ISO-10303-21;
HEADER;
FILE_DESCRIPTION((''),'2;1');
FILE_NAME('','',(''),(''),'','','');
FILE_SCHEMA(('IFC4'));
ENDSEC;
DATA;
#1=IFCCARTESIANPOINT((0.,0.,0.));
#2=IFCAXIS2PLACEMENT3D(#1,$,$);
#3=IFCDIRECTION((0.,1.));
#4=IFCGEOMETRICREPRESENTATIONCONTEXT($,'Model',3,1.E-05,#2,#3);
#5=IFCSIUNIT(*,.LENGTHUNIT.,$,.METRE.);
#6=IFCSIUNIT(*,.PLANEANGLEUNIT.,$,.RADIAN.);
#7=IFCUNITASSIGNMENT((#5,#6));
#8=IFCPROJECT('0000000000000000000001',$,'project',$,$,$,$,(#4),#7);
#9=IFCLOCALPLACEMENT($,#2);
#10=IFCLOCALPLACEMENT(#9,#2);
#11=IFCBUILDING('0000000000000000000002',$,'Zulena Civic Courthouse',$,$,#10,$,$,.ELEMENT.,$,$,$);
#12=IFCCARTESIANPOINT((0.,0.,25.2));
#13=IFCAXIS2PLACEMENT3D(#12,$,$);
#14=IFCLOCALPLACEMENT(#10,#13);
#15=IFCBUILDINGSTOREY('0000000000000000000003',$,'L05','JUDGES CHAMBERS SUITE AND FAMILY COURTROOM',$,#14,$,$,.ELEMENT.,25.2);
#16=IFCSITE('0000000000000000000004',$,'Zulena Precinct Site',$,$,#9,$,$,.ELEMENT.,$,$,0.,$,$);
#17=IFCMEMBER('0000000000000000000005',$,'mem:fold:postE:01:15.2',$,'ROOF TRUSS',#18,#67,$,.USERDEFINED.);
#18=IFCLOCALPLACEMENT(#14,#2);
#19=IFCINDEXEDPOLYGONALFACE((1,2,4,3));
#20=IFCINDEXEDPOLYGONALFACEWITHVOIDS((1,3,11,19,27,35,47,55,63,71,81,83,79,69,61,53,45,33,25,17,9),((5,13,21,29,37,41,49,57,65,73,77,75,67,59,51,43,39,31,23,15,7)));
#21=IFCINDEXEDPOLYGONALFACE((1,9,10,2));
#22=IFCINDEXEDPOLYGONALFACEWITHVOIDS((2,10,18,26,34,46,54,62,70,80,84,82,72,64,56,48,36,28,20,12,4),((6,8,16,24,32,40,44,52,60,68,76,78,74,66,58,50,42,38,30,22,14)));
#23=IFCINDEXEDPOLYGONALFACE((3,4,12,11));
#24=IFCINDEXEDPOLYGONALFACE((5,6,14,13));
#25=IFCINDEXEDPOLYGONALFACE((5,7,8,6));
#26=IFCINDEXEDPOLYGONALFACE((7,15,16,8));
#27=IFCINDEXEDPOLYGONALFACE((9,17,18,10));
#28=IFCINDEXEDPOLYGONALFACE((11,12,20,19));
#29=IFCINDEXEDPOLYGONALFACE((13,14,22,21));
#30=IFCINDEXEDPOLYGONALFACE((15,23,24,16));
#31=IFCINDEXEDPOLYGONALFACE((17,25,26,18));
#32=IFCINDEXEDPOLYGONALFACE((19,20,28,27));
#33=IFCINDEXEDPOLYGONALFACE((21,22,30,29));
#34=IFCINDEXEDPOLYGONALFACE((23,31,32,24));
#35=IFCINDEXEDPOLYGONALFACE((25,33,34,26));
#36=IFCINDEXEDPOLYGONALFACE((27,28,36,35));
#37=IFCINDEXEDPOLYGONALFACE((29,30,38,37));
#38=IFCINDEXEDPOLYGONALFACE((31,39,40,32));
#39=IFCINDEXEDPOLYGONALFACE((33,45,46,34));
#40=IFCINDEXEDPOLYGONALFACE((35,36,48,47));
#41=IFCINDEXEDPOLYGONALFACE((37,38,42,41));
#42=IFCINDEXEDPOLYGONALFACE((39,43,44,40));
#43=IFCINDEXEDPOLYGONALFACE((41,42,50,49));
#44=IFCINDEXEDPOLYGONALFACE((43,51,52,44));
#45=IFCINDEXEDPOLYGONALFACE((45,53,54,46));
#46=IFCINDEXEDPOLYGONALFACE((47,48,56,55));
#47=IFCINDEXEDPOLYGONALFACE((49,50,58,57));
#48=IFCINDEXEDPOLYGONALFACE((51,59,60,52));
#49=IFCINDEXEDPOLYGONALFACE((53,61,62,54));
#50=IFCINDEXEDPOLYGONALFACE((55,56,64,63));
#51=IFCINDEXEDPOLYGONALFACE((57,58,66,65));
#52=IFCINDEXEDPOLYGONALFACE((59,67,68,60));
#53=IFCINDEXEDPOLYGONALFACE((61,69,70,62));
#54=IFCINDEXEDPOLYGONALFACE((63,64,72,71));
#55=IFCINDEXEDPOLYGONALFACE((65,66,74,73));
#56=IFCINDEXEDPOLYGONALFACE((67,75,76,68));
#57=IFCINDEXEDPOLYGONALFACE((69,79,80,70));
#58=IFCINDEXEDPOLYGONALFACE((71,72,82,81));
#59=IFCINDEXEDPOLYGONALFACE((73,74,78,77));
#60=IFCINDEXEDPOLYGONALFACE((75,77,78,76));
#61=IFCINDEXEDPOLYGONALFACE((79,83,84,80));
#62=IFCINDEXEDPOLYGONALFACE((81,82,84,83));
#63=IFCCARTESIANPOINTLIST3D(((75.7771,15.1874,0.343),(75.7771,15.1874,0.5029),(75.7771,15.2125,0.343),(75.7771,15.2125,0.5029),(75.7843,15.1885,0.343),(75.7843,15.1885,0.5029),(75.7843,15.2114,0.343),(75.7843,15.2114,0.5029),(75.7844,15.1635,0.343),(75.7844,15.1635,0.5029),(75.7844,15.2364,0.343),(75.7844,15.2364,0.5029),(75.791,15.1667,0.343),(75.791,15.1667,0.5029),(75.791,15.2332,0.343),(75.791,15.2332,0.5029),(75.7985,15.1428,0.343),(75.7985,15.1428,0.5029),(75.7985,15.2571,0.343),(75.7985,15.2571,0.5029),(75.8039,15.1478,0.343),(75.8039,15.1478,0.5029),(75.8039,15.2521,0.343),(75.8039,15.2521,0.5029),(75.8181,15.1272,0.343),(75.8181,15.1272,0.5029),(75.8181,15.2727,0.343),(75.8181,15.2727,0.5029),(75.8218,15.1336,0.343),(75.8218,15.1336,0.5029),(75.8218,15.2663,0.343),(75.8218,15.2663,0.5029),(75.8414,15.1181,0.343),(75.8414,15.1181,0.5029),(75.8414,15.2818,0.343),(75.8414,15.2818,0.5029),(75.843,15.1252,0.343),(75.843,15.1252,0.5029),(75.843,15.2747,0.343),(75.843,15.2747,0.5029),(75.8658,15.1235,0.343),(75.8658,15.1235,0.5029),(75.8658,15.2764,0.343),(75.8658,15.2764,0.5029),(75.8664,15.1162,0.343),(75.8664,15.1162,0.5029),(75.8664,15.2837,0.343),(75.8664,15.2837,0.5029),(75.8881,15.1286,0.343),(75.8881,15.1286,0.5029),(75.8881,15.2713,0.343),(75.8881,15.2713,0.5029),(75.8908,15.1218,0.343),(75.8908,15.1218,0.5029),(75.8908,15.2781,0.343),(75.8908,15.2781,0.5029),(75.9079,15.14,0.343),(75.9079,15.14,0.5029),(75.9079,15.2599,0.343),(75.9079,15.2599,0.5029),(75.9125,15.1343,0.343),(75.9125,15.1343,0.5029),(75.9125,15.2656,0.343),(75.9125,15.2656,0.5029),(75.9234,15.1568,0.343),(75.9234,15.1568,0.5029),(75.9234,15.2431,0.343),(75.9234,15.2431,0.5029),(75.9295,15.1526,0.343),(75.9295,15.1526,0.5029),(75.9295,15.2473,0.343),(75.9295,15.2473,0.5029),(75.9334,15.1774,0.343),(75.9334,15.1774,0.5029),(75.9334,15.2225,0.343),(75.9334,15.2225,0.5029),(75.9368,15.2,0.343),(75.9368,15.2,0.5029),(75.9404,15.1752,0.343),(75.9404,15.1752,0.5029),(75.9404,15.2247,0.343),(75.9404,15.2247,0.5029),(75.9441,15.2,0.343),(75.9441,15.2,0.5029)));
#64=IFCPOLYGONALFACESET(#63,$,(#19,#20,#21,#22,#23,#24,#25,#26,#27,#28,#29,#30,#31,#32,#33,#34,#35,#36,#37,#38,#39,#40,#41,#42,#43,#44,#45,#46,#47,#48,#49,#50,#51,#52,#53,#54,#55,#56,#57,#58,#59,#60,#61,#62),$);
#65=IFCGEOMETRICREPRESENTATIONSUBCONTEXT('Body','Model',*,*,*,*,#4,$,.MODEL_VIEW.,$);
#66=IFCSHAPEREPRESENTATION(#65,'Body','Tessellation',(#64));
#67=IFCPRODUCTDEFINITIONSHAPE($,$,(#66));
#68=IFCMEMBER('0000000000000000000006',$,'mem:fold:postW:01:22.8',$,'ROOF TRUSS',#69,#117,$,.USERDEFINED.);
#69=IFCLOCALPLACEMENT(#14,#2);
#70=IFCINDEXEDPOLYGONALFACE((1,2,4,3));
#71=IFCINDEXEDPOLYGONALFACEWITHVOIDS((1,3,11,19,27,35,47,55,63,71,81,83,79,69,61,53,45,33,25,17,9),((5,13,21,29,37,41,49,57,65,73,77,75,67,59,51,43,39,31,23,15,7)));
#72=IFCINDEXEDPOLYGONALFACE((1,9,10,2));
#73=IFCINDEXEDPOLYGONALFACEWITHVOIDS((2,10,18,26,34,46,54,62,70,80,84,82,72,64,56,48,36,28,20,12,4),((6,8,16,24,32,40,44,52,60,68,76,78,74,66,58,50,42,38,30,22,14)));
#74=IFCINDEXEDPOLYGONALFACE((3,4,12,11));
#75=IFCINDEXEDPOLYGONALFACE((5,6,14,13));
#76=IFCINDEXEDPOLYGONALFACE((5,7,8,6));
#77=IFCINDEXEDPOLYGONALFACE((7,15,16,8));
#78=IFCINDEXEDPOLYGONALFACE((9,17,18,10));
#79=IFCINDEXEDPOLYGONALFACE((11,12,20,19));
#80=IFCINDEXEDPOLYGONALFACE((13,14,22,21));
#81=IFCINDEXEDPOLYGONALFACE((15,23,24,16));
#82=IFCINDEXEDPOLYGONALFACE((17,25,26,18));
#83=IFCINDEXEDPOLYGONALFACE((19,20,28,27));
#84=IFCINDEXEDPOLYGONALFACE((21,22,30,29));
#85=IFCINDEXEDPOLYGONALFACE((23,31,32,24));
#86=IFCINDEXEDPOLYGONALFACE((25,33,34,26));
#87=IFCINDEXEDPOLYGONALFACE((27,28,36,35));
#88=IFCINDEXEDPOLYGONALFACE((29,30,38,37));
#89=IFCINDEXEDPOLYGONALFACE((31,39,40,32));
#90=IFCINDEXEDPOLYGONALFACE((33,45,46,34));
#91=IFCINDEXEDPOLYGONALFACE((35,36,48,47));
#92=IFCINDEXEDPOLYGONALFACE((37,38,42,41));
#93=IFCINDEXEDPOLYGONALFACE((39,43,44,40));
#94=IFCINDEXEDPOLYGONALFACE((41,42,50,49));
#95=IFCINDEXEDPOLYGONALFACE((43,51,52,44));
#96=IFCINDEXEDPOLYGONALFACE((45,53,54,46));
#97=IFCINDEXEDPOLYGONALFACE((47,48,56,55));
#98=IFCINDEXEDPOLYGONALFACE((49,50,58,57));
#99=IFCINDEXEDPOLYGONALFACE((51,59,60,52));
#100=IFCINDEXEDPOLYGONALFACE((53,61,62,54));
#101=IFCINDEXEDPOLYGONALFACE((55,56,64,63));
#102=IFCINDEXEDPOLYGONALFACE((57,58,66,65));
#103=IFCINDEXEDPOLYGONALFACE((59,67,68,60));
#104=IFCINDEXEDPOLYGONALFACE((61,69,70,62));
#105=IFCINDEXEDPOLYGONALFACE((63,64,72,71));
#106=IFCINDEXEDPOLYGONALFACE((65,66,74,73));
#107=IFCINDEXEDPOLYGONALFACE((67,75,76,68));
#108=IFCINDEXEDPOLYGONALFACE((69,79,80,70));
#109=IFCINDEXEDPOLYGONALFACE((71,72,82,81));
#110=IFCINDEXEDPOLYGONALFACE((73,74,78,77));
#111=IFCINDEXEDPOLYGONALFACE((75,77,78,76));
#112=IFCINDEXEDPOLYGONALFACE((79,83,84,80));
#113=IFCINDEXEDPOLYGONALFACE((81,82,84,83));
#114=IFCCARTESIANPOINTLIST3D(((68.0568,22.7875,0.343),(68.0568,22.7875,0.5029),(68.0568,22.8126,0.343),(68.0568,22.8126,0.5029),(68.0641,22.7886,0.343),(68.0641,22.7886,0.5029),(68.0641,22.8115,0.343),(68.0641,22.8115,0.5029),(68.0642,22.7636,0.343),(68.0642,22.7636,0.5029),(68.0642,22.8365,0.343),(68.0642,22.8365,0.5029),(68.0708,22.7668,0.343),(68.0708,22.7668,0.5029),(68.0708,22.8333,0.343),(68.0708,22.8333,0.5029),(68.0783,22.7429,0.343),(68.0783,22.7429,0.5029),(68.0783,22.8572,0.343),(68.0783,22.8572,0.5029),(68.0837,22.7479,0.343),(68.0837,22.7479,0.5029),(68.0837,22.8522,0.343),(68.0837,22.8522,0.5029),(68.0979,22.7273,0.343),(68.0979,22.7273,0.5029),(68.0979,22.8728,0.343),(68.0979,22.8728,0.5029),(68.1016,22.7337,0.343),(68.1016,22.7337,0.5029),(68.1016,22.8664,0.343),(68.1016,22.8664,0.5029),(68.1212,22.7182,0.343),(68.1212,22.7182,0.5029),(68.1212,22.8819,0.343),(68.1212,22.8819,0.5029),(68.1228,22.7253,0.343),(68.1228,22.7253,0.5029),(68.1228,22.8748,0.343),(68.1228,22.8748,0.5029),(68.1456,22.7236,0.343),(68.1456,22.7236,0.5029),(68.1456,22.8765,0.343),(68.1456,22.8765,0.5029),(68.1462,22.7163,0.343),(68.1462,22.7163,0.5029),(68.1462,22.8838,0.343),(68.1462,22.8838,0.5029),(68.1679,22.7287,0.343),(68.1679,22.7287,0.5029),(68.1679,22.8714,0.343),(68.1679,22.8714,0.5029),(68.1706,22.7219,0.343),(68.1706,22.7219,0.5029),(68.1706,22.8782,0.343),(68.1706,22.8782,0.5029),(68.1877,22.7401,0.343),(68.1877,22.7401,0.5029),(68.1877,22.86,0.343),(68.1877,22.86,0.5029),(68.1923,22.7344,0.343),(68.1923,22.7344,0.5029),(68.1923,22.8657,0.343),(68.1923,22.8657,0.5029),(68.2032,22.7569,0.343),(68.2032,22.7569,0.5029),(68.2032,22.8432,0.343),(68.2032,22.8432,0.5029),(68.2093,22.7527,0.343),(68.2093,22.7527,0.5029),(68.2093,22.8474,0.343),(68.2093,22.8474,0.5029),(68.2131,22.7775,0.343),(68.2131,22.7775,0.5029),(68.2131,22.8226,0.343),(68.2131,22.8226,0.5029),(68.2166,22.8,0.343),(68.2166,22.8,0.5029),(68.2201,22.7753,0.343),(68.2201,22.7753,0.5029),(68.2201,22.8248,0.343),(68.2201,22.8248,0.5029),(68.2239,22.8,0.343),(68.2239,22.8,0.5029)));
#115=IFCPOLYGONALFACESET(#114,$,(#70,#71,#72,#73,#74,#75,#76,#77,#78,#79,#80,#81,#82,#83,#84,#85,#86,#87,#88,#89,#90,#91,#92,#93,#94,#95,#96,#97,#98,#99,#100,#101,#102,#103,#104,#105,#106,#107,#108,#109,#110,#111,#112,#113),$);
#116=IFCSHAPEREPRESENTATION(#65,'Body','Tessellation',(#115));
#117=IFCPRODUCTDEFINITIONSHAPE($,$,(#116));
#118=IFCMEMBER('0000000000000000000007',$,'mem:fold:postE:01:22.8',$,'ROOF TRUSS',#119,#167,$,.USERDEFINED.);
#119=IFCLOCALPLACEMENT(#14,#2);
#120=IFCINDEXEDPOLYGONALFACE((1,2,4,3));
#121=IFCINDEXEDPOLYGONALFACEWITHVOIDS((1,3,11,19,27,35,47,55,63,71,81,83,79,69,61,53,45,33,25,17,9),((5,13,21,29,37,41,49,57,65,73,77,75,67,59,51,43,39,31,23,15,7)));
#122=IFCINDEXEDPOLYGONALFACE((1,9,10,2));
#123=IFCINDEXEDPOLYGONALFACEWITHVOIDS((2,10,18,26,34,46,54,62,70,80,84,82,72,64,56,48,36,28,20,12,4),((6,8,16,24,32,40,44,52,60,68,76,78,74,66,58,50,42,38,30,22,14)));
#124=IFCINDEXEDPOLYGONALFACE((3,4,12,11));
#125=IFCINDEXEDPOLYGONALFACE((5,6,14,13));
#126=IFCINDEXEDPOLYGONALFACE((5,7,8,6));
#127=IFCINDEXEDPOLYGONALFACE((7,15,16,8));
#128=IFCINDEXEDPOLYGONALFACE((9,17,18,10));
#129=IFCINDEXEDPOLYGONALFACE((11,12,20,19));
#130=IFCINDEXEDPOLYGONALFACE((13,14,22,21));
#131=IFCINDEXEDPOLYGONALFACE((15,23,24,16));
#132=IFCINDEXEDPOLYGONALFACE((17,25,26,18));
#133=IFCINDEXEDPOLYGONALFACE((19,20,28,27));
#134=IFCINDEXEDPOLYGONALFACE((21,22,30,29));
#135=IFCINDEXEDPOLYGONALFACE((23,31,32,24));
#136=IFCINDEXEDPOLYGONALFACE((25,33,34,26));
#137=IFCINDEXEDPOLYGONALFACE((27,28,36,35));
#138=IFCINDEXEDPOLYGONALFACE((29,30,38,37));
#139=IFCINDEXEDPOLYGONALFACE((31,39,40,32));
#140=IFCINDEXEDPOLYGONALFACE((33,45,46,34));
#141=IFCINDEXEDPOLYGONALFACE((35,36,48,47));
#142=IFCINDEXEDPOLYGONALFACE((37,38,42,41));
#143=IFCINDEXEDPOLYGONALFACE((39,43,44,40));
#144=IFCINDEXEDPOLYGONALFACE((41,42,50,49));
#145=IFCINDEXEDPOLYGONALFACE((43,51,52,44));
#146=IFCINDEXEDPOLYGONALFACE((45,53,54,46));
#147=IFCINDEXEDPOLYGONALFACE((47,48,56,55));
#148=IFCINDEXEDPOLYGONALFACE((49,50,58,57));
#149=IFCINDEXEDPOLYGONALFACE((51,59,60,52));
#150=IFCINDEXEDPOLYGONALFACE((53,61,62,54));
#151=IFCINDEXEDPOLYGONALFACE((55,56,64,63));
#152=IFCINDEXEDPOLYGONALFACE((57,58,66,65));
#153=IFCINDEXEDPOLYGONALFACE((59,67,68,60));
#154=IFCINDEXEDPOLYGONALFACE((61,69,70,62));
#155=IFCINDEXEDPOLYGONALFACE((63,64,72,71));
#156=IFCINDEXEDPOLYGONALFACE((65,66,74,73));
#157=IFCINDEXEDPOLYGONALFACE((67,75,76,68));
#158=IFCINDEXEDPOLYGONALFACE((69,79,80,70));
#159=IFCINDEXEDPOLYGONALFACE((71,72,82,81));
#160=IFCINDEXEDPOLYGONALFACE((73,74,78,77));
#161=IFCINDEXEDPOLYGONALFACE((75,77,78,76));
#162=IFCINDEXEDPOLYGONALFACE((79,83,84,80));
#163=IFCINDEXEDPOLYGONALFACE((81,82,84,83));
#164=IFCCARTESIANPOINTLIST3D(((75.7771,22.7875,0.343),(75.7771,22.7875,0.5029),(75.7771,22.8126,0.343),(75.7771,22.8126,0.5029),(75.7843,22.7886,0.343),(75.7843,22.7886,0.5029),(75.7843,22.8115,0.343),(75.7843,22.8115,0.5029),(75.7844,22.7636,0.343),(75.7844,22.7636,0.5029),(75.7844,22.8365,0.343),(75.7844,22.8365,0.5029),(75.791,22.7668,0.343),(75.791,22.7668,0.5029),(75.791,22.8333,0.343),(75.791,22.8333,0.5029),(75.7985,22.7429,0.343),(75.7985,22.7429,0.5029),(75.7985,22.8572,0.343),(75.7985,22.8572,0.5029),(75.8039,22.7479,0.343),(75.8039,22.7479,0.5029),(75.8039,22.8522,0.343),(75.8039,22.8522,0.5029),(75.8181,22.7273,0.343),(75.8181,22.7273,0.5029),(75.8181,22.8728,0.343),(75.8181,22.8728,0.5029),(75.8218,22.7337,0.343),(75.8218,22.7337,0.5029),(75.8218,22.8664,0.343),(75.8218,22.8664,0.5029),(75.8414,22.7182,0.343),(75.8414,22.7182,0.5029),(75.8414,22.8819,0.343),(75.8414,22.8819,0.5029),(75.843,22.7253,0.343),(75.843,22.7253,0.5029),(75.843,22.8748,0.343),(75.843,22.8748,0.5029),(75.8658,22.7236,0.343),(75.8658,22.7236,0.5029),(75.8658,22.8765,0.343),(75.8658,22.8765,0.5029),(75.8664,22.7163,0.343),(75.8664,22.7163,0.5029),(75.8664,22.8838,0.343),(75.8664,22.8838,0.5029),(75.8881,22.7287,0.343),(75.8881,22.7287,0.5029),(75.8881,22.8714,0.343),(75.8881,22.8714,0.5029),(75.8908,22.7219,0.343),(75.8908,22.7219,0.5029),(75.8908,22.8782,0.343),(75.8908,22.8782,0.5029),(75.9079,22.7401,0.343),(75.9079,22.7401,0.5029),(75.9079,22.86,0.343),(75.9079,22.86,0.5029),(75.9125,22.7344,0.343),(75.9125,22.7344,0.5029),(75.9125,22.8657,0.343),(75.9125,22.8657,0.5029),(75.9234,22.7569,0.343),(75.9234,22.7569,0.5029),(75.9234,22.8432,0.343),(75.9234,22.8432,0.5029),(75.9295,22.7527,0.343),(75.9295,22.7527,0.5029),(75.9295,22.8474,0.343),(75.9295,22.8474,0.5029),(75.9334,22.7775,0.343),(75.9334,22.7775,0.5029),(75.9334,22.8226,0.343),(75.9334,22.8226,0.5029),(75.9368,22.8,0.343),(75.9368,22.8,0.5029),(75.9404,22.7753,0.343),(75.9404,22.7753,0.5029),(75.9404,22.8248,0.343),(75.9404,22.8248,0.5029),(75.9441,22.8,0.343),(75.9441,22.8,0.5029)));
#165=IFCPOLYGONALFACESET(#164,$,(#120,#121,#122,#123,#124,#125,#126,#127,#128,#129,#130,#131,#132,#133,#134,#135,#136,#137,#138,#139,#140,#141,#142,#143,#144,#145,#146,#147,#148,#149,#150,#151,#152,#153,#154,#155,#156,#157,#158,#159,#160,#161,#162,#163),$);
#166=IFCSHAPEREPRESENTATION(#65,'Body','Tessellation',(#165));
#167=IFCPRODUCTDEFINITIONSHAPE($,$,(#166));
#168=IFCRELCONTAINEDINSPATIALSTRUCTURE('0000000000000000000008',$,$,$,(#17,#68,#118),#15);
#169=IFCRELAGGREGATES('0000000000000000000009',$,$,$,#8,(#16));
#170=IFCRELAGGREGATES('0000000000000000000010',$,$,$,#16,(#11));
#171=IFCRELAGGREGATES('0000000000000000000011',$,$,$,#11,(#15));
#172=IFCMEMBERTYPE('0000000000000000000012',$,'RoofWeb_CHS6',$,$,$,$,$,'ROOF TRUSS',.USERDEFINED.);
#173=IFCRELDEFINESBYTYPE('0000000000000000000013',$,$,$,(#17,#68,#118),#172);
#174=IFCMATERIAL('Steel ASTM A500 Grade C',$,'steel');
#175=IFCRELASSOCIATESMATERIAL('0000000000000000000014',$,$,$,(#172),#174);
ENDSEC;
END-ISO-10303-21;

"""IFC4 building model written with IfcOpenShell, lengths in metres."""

from ifc_helpers import new_model, si_unit, direction, frame, origin, origin_2d, place, context, subcontext, project, spatial, hollow_circle, extrude, material, material_profile, profile_set, type_object, element, save


model = new_model("IFC4")

# Units and contexts
model_context = context("Model", 3, precision=1e-05, world=origin(), true_north=direction((0.0, 1.0)))
body_context = subcontext(model_context, "Body", "Model", "MODEL_VIEW")
ifc_project = project(units=[si_unit("LENGTHUNIT", "METRE"), si_unit("PLANEANGLEUNIT", "RADIAN")], contexts=[model_context])

# Site, building, storey
site_placement = place(None, origin())
site = spatial("IfcSite", under=ifc_project, at=site_placement, Name="Zulena Precinct Site", CompositionType="ELEMENT", RefElevation=0.0)
building_placement = place(site_placement, origin())
building = spatial("IfcBuilding", under=site, at=building_placement, Name="Zulena Civic Courthouse", CompositionType="ELEMENT")
storey_placement = place(building_placement, frame((0.0, 0.0, 25.2)))
storey = spatial("IfcBuildingStorey", under=building, at=storey_placement, Name="L05", Description="JUDGES CHAMBERS SUITE AND FAMILY COURTROOM", CompositionType="ELEMENT", Elevation=25.2)

# Members
ifc_material_1 = material(Name="Steel ASTM A500 Grade C", Category="steel")
ifc_material_profile_1 = material_profile(ifc_material_1, hollow_circle(Radius=0.084, WallThickness=0.0073, at=origin_2d()), Name="HSS6.625X0.312")
ifc_profile_set_1 = profile_set([ifc_material_profile_1], Name="Steel ASTM A500 Grade C")
member_type_1 = type_object("IfcMemberType", Name="RoofWeb_CHS6", ElementType="ROOF TRUSS", PredefinedType="USERDEFINED", material=ifc_profile_set_1)
for number, where, z_axis, x_axis, name in (
    (1, (75.8601, 15.2, 0.343), (0.0, 0.0, 1.0), (1.0, 0.0, 0.0), "mem:fold:postE:01:15.2"),
    (2, (68.1399, 22.8, 0.343), (0.0, 0.0, 1.0), (1.0, 0.0, 0.0), "mem:fold:postW:01:22.8"),
    (3, (75.8601, 22.8, 0.343), (0.0, 0.0, 1.0), (1.0, 0.0, 0.0), "mem:fold:postE:01:22.8"),
):
    element("IfcMember", number, at=place(storey_placement, frame(where, z_axis=z_axis, x_axis=x_axis)), inside=storey, type_object=member_type_1, Name=name, ObjectType="ROOF TRUSS", PredefinedType="USERDEFINED", context=body_context, shape_type="SweptSolid", body=[
        extrude(hollow_circle(Radius=0.084, WallThickness=0.0073, at=origin_2d()), origin(), (0.0, 0.0, 1.0), 0.1599),
    ])

save(model, "model.ifc")
